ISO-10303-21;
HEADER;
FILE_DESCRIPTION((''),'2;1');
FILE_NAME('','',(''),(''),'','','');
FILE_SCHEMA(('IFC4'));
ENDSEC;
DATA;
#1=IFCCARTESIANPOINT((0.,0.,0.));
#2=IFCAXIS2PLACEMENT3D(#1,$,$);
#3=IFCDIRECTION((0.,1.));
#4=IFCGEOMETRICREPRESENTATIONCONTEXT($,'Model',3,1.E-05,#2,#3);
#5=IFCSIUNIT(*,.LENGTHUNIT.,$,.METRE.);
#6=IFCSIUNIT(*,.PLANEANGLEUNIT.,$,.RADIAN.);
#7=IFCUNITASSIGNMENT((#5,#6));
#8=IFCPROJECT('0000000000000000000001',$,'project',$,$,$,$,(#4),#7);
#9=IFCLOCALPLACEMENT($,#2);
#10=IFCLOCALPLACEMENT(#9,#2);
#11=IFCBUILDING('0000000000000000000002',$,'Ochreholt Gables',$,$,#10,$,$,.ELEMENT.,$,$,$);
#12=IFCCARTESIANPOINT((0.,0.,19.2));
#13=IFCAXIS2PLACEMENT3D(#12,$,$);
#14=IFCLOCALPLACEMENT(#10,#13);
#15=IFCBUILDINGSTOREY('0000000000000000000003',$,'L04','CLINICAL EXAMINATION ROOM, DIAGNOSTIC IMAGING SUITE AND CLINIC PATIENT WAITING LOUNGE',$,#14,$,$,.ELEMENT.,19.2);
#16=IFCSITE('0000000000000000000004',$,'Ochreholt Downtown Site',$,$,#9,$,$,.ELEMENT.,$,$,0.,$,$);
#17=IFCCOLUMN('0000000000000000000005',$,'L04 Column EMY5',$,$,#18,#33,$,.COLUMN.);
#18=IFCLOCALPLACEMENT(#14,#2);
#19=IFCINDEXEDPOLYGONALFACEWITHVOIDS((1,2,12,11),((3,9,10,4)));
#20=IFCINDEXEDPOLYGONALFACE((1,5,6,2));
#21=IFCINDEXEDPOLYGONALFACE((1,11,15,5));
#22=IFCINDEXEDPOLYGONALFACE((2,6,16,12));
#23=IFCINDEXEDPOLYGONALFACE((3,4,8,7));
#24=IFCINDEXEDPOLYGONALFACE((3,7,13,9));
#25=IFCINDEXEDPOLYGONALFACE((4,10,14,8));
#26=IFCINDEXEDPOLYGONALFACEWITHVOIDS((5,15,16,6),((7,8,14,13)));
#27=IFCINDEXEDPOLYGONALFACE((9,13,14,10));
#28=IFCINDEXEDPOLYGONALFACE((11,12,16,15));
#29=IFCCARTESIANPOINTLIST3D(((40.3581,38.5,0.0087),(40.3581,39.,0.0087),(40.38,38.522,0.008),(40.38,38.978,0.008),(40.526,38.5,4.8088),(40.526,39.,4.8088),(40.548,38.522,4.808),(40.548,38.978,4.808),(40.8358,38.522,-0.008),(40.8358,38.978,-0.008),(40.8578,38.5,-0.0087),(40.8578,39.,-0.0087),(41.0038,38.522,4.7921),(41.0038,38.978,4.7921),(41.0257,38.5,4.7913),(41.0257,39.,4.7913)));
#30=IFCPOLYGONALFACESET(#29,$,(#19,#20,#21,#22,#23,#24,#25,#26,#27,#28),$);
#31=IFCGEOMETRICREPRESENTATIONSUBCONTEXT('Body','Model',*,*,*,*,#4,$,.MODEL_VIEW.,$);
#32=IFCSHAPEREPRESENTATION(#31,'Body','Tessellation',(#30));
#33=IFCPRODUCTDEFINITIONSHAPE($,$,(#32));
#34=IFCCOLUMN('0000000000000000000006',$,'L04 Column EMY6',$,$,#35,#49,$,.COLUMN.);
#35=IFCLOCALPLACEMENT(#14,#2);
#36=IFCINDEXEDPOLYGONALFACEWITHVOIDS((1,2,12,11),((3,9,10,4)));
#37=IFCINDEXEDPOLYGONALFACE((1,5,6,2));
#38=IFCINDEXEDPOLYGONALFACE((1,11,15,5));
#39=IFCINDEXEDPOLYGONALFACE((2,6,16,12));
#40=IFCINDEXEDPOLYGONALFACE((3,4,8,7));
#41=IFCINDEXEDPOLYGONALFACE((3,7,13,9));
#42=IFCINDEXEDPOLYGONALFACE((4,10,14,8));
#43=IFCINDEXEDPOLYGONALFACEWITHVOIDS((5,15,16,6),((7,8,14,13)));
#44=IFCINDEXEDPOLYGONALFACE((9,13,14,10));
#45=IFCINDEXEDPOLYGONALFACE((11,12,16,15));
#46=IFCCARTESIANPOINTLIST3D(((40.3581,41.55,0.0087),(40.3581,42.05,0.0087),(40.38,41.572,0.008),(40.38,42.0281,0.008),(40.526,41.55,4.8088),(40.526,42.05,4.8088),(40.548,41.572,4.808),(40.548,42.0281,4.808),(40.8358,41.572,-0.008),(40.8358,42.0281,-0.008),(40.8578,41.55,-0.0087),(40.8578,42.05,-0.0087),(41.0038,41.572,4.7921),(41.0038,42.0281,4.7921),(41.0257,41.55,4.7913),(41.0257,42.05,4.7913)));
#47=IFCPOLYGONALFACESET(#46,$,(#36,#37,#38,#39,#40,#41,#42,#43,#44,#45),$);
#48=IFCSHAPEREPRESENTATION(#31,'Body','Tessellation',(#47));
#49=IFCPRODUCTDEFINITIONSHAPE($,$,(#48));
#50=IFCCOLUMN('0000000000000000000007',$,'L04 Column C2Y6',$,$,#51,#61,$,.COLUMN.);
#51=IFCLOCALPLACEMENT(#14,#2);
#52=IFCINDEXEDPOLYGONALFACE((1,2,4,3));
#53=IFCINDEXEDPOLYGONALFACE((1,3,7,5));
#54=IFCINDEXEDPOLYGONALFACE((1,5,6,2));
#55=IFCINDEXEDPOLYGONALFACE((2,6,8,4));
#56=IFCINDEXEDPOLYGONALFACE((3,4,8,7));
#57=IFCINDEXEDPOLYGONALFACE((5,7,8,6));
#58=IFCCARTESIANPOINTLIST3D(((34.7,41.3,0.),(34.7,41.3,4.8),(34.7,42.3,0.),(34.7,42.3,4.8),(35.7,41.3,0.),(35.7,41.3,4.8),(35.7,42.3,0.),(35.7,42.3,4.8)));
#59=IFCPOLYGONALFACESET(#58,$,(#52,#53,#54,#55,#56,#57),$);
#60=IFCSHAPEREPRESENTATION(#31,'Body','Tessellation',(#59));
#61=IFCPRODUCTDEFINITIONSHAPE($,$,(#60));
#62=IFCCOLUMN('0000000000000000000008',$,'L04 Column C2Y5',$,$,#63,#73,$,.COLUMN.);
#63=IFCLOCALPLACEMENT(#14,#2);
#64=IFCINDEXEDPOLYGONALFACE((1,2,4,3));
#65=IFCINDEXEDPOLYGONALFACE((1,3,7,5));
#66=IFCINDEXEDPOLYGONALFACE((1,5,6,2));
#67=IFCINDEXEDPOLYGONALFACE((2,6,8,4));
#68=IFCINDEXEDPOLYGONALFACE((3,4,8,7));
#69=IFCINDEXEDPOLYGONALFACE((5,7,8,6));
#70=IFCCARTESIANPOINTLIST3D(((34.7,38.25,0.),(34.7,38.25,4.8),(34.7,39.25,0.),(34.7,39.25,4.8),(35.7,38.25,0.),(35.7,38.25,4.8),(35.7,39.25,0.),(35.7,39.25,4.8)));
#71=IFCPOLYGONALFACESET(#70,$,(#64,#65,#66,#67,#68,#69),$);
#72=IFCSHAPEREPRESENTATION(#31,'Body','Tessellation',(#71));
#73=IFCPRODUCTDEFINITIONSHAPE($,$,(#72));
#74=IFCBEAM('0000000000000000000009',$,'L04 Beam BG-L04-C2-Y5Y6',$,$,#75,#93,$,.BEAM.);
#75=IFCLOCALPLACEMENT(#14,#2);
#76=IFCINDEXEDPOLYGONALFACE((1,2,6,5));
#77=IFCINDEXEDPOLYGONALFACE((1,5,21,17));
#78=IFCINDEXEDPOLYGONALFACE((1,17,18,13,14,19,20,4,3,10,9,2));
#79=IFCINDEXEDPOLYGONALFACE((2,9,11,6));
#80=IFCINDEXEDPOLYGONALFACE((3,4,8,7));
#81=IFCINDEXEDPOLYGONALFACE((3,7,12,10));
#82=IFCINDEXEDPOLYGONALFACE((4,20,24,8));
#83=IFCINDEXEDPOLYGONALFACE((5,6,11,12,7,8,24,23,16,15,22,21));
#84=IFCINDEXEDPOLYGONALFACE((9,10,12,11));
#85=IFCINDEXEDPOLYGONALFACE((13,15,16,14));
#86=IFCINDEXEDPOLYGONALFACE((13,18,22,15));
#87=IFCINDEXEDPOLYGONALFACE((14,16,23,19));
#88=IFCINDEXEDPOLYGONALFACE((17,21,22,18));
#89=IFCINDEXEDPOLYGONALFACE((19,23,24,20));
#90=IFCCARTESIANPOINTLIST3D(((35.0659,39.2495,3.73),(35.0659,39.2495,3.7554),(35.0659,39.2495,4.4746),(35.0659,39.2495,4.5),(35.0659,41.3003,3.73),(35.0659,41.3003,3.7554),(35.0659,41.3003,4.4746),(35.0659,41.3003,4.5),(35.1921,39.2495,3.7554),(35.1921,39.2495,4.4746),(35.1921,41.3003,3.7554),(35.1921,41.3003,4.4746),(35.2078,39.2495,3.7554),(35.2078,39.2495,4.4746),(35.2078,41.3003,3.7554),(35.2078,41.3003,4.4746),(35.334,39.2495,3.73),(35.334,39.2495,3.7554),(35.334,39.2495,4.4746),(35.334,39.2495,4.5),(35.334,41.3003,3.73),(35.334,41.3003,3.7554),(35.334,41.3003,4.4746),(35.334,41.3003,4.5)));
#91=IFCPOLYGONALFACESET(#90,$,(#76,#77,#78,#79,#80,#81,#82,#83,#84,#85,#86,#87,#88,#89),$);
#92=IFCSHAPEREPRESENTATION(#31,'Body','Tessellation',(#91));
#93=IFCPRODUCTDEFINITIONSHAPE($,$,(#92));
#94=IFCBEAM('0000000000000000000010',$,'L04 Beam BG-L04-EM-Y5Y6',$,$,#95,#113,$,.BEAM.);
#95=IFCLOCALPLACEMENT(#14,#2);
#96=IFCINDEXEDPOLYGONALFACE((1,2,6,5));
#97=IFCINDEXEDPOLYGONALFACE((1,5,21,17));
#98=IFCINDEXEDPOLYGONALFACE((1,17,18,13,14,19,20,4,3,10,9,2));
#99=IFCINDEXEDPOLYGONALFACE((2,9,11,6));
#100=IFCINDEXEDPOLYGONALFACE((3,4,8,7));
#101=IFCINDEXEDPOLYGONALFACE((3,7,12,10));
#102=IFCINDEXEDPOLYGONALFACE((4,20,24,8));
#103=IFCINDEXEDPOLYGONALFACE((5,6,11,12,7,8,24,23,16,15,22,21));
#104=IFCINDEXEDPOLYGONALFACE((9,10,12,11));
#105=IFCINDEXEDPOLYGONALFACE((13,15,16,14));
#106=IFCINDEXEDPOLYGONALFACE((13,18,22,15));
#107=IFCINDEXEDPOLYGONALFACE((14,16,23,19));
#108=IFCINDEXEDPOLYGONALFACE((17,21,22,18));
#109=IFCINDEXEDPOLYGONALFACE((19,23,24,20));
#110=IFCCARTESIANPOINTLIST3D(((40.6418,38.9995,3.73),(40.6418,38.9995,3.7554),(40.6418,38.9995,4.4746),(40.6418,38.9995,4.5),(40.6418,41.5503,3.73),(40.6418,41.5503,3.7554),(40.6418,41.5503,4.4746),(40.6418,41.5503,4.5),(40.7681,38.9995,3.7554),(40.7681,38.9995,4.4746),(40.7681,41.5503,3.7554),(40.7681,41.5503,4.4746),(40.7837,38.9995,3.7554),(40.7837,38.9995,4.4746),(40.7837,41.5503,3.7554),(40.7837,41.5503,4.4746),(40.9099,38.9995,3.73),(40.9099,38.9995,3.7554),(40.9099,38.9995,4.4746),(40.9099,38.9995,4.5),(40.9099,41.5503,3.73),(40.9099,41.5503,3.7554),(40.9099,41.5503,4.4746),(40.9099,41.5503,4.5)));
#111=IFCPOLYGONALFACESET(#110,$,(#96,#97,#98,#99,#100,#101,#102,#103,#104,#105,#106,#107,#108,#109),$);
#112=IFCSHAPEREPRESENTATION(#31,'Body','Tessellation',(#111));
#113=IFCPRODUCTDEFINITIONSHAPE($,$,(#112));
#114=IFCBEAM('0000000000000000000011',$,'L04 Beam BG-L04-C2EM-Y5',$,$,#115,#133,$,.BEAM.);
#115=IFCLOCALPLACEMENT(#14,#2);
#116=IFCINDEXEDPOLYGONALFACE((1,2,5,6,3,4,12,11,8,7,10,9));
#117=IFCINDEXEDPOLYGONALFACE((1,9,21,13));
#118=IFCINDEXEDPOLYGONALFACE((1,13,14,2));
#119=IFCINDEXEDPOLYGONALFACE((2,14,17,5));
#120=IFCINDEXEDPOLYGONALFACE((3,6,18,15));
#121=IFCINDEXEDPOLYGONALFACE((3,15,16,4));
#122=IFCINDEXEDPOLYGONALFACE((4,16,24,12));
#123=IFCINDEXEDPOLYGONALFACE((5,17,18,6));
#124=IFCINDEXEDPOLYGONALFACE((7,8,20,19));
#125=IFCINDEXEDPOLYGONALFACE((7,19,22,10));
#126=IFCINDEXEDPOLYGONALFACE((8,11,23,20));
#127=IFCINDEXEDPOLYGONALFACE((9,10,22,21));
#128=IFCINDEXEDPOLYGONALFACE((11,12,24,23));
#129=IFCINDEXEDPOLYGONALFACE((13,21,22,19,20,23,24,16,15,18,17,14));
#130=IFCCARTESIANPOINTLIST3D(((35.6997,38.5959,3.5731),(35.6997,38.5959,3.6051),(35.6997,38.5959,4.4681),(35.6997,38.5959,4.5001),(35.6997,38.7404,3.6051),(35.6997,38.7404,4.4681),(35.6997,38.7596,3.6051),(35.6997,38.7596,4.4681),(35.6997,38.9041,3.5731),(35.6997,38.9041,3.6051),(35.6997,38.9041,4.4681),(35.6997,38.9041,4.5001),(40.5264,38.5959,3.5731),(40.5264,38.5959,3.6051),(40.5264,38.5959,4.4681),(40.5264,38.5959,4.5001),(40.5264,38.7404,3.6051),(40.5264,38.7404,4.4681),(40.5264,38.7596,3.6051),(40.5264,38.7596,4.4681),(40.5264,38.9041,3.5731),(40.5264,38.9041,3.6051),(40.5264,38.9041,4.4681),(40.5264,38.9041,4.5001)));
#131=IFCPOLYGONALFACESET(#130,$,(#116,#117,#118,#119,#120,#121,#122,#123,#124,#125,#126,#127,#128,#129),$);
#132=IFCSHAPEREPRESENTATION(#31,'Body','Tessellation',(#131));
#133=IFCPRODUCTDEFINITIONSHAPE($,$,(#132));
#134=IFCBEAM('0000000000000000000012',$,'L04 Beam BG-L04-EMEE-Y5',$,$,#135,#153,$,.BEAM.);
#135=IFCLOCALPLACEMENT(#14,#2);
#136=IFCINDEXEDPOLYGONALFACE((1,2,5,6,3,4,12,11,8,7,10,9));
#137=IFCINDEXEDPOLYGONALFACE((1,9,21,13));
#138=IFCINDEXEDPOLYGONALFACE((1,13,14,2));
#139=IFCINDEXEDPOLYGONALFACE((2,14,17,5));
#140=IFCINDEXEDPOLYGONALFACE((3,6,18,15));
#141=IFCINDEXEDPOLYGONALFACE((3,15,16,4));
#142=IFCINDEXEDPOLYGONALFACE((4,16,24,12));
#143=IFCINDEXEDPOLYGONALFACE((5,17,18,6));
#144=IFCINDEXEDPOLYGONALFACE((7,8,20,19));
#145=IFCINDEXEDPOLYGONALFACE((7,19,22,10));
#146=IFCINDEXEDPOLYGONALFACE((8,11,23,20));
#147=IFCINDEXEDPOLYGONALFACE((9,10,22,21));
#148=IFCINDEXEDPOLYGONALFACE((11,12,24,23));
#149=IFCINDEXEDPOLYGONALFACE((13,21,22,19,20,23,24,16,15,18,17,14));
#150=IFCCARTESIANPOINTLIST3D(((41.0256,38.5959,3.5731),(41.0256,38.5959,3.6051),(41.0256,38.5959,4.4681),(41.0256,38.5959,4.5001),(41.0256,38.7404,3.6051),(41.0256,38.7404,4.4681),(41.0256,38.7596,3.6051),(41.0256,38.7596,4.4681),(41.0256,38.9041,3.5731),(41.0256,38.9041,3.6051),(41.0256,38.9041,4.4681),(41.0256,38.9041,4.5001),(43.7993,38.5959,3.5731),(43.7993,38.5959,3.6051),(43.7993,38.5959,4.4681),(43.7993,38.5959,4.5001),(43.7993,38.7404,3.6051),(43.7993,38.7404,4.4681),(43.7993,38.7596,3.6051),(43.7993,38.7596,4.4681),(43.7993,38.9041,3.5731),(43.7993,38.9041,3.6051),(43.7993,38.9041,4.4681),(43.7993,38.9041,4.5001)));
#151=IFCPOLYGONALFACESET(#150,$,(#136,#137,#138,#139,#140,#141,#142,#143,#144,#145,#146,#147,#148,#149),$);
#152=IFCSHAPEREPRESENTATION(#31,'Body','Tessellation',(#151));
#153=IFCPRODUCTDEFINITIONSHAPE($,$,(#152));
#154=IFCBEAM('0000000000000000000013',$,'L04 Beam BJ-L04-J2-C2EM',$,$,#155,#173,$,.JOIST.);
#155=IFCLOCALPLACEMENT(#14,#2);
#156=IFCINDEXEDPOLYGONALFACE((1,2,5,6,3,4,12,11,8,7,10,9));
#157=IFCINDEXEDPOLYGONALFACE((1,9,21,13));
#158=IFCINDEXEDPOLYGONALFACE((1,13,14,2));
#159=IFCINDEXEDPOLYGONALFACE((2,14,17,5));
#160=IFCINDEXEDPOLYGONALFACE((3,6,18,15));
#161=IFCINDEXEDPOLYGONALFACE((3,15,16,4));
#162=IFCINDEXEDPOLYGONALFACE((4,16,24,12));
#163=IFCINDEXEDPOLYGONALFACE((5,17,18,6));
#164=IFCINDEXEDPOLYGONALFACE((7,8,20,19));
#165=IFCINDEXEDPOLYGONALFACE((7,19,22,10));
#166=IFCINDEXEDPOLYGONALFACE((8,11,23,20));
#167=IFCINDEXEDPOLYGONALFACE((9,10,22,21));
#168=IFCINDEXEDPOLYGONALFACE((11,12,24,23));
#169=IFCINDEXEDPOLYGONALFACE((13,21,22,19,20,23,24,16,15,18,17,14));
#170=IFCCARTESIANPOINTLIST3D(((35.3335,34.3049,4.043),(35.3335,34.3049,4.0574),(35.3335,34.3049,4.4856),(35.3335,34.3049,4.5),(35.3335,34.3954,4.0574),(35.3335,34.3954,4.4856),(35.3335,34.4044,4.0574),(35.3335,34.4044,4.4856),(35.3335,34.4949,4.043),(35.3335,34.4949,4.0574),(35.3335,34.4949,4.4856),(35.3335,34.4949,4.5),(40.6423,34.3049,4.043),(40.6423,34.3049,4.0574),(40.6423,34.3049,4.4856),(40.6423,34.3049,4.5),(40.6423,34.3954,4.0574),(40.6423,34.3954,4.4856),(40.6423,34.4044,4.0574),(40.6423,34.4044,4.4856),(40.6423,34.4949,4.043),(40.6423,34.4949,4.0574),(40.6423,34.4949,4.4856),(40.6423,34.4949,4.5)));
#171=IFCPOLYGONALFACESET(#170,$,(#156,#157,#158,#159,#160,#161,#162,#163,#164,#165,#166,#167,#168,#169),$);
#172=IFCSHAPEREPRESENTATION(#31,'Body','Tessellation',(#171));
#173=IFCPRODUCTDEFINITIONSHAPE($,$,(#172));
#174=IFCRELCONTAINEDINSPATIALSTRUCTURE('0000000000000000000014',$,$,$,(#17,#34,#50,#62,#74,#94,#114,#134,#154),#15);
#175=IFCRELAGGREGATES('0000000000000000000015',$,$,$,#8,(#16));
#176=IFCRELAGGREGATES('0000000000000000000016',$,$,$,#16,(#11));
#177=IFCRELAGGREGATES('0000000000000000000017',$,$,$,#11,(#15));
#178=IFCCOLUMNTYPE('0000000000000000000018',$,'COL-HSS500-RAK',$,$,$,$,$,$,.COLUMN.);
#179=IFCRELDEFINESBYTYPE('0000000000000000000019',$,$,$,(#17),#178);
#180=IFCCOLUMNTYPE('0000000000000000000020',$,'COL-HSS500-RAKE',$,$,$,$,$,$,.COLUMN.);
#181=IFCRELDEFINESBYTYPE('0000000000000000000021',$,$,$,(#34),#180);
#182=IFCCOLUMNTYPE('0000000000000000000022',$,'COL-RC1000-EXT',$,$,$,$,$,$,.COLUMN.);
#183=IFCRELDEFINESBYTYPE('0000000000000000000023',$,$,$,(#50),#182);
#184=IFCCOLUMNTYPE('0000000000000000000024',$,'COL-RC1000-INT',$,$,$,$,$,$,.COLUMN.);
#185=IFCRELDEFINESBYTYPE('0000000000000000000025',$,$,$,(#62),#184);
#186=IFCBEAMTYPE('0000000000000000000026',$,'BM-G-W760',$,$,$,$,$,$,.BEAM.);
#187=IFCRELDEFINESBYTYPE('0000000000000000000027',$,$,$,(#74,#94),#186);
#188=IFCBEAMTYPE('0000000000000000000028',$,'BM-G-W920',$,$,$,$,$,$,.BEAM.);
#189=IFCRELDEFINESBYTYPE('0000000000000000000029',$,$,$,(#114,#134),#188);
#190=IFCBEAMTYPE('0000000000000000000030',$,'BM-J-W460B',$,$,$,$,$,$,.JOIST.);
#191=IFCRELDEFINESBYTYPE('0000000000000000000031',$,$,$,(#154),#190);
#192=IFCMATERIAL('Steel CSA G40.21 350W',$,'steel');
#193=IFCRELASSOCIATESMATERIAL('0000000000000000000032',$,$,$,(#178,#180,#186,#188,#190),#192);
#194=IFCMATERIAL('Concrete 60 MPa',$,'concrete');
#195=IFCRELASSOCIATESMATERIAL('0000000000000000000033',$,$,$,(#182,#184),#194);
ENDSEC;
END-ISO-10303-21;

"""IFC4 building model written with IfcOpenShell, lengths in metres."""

from ifc_helpers import new_model, si_unit, direction, frame, origin, origin_2d, place, context, subcontext, project, spatial, rectangle, hollow_rectangle, i_section, extrude, material, material_profile, profile_set, type_object, element, save


model = new_model("IFC4")

# Units and contexts
model_context = context("Model", 3, precision=1e-05, world=origin(), true_north=direction((0.0, 1.0)))
body_context = subcontext(model_context, "Body", "Model", "MODEL_VIEW")
ifc_project = project(units=[si_unit("LENGTHUNIT", "METRE"), si_unit("PLANEANGLEUNIT", "RADIAN")], contexts=[model_context])

# Site, building, storey
site_placement = place(None, origin())
site = spatial("IfcSite", under=ifc_project, at=site_placement, Name="Ochreholt Downtown Site", CompositionType="ELEMENT", RefElevation=0.0)
building_placement = place(site_placement, origin())
building = spatial("IfcBuilding", under=site, at=building_placement, Name="Ochreholt Gables", CompositionType="ELEMENT")
storey_placement = place(building_placement, frame((0.0, 0.0, 19.2)))
storey = spatial("IfcBuildingStorey", under=building, at=storey_placement, Name="L04", Description="CLINICAL EXAMINATION ROOM, DIAGNOSTIC IMAGING SUITE AND CLINIC PATIENT WAITING LOUNGE", CompositionType="ELEMENT", Elevation=19.2)

# Columns
ifc_material_1 = material(Name="Steel CSA G40.21 350W", Category="steel")
ifc_material_profile_1 = material_profile(ifc_material_1, hollow_rectangle(XDim=0.5, YDim=0.5, WallThickness=0.022, at=origin_2d()), Name="HSS500X500X22")
ifc_profile_set_1 = profile_set([ifc_material_profile_1], Name="Steel CSA G40.21 350W")
column_type_1 = type_object("IfcColumnType", Name="COL-HSS500-RAK", PredefinedType="COLUMN", material=ifc_profile_set_1)
column_1_placement = place(storey_placement, frame((40.6079, 38.75, 0.0), z_axis=(0.034972, 0.0, 0.999388), x_axis=(0.0, 1.0, 0.0)))
element("IfcColumn", 1, at=column_1_placement, inside=storey, type_object=column_type_1, Name="L04 Column EMY5", PredefinedType="COLUMN", context=body_context, shape_type="SweptSolid", body=[
    extrude(hollow_rectangle(XDim=0.5, YDim=0.5, WallThickness=0.022, at=origin_2d()), origin(), (0.0, 0.0, 1.0), 4.803),
])
ifc_material_profile_2 = material_profile(ifc_material_1, hollow_rectangle(XDim=0.5, YDim=0.5, WallThickness=0.022, at=origin_2d()), Name="HSS500X500X22")
ifc_profile_set_2 = profile_set([ifc_material_profile_2], Name="Steel CSA G40.21 350W")
column_type_2 = type_object("IfcColumnType", Name="COL-HSS500-RAKE", PredefinedType="COLUMN", material=ifc_profile_set_2)
column_2_placement = place(storey_placement, frame((40.6079, 41.8, 0.0), z_axis=(0.034972, 0.0, 0.999388), x_axis=(0.0, 1.0, 0.0)))
element("IfcColumn", 2, at=column_2_placement, inside=storey, type_object=column_type_2, Name="L04 Column EMY6", PredefinedType="COLUMN", context=body_context, shape_type="SweptSolid", body=[
    extrude(hollow_rectangle(XDim=0.5, YDim=0.5, WallThickness=0.022, at=origin_2d()), origin(), (0.0, 0.0, 1.0), 4.803),
])
ifc_material_2 = material(Name="Concrete 60 MPa", Category="concrete")
ifc_material_profile_3 = material_profile(ifc_material_2, rectangle(XDim=1.0, YDim=1.0, at=origin_2d()), Name="RC1000X1000")
ifc_profile_set_3 = profile_set([ifc_material_profile_3], Name="Concrete 60 MPa")
column_type_3 = type_object("IfcColumnType", Name="COL-RC1000-EXT", PredefinedType="COLUMN", material=ifc_profile_set_3)
column_3_placement = place(storey_placement, frame((35.2, 41.8, 0.0), z_axis=(0.0, 0.0, 1.0), x_axis=(1.0, 0.0, 0.0)))
element("IfcColumn", 3, at=column_3_placement, inside=storey, type_object=column_type_3, Name="L04 Column C2Y6", PredefinedType="COLUMN", context=body_context, shape_type="SweptSolid", body=[
    extrude(rectangle(XDim=1.0, YDim=1.0, at=origin_2d()), origin(), (0.0, 0.0, 1.0), 4.8),
])
ifc_material_profile_4 = material_profile(ifc_material_2, rectangle(XDim=1.0, YDim=1.0, at=origin_2d()), Name="RC1000X1000")
ifc_profile_set_4 = profile_set([ifc_material_profile_4], Name="Concrete 60 MPa")
column_type_4 = type_object("IfcColumnType", Name="COL-RC1000-INT", PredefinedType="COLUMN", material=ifc_profile_set_4)
column_4_placement = place(storey_placement, frame((35.2, 38.75, 0.0), z_axis=(0.0, 0.0, 1.0), x_axis=(1.0, 0.0, 0.0)))
element("IfcColumn", 4, at=column_4_placement, inside=storey, type_object=column_type_4, Name="L04 Column C2Y5", PredefinedType="COLUMN", context=body_context, shape_type="SweptSolid", body=[
    extrude(rectangle(XDim=1.0, YDim=1.0, at=origin_2d()), origin(), (0.0, 0.0, 1.0), 4.8),
])

# Beams
ifc_material_profile_5 = material_profile(ifc_material_1, i_section(OverallWidth=0.2681, OverallDepth=0.77, WebThickness=0.0156, FlangeThickness=0.0254, at=origin_2d()), Name="W760X196")
ifc_profile_set_5 = profile_set([ifc_material_profile_5], Name="Steel CSA G40.21 350W")
beam_type_1 = type_object("IfcBeamType", Name="BM-G-W760", PredefinedType="BEAM", material=ifc_profile_set_5)
beam_1_placement = place(storey_placement, frame((35.2, 39.2495, 4.115), z_axis=(0.0, 1.0, 0.0), x_axis=(-1.0, 0.0, 0.0)))
element("IfcBeam", 5, at=beam_1_placement, inside=storey, type_object=beam_type_1, Name="L04 Beam BG-L04-C2-Y5Y6", PredefinedType="BEAM", context=body_context, shape_type="SweptSolid", body=[
    extrude(i_section(OverallWidth=0.2681, OverallDepth=0.77, WebThickness=0.0156, FlangeThickness=0.0254, at=origin_2d()), origin(), (0.0, 0.0, 1.0), 2.0508),
])
beam_2_placement = place(storey_placement, frame((40.7759, 38.9995, 4.115), z_axis=(0.0, 1.0, 0.0), x_axis=(-1.0, 0.0, 0.0)))
element("IfcBeam", 6, at=beam_2_placement, inside=storey, type_object=beam_type_1, Name="L04 Beam BG-L04-EM-Y5Y6", PredefinedType="BEAM", context=body_context, shape_type="SweptSolid", body=[
    extrude(i_section(OverallWidth=0.2681, OverallDepth=0.77, WebThickness=0.0156, FlangeThickness=0.0254, at=origin_2d()), origin(), (0.0, 0.0, 1.0), 2.5508),
])
ifc_material_profile_6 = material_profile(ifc_material_1, i_section(OverallWidth=0.3081, OverallDepth=0.927, WebThickness=0.0193, FlangeThickness=0.032, at=origin_2d()), Name="W920X289")
ifc_profile_set_6 = profile_set([ifc_material_profile_6], Name="Steel CSA G40.21 350W")
beam_type_2 = type_object("IfcBeamType", Name="BM-G-W920", PredefinedType="BEAM", material=ifc_profile_set_6)
beam_3_placement = place(storey_placement, frame((35.6997, 38.75, 4.0366), z_axis=(1.0, 0.0, 0.0), x_axis=(0.0, 1.0, 0.0)))
element("IfcBeam", 7, at=beam_3_placement, inside=storey, type_object=beam_type_2, Name="L04 Beam BG-L04-C2EM-Y5", PredefinedType="BEAM", context=body_context, shape_type="SweptSolid", body=[
    extrude(i_section(OverallWidth=0.3081, OverallDepth=0.927, WebThickness=0.0193, FlangeThickness=0.032, at=origin_2d()), origin(), (0.0, 0.0, 1.0), 4.8267),
])
beam_4_placement = place(storey_placement, frame((41.0256, 38.75, 4.0366), z_axis=(1.0, 0.0, 0.0), x_axis=(0.0, 1.0, 0.0)))
element("IfcBeam", 8, at=beam_4_placement, inside=storey, type_object=beam_type_2, Name="L04 Beam BG-L04-EMEE-Y5", PredefinedType="BEAM", context=body_context, shape_type="SweptSolid", body=[
    extrude(i_section(OverallWidth=0.3081, OverallDepth=0.927, WebThickness=0.0193, FlangeThickness=0.032, at=origin_2d()), origin(), (0.0, 0.0, 1.0), 2.7737),
])
ifc_material_profile_7 = material_profile(ifc_material_1, i_section(OverallWidth=0.1899, OverallDepth=0.457, WebThickness=0.009, FlangeThickness=0.0144, at=origin_2d()), Name="W460X74")
ifc_profile_set_7 = profile_set([ifc_material_profile_7], Name="Steel CSA G40.21 350W")
beam_type_3 = type_object("IfcBeamType", Name="BM-J-W460B", PredefinedType="JOIST", material=ifc_profile_set_7)
beam_5_placement = place(storey_placement, frame((35.3335, 34.3999, 4.2715), z_axis=(1.0, 0.0, 0.0), x_axis=(0.0, 1.0, 0.0)))
element("IfcBeam", 9, at=beam_5_placement, inside=storey, type_object=beam_type_3, Name="L04 Beam BJ-L04-J2-C2EM", PredefinedType="JOIST", context=body_context, shape_type="SweptSolid", body=[
    extrude(i_section(OverallWidth=0.1899, OverallDepth=0.457, WebThickness=0.009, FlangeThickness=0.0144, at=origin_2d()), origin(), (0.0, 0.0, 1.0), 5.3088),
])

save(model, "model.ifc")
